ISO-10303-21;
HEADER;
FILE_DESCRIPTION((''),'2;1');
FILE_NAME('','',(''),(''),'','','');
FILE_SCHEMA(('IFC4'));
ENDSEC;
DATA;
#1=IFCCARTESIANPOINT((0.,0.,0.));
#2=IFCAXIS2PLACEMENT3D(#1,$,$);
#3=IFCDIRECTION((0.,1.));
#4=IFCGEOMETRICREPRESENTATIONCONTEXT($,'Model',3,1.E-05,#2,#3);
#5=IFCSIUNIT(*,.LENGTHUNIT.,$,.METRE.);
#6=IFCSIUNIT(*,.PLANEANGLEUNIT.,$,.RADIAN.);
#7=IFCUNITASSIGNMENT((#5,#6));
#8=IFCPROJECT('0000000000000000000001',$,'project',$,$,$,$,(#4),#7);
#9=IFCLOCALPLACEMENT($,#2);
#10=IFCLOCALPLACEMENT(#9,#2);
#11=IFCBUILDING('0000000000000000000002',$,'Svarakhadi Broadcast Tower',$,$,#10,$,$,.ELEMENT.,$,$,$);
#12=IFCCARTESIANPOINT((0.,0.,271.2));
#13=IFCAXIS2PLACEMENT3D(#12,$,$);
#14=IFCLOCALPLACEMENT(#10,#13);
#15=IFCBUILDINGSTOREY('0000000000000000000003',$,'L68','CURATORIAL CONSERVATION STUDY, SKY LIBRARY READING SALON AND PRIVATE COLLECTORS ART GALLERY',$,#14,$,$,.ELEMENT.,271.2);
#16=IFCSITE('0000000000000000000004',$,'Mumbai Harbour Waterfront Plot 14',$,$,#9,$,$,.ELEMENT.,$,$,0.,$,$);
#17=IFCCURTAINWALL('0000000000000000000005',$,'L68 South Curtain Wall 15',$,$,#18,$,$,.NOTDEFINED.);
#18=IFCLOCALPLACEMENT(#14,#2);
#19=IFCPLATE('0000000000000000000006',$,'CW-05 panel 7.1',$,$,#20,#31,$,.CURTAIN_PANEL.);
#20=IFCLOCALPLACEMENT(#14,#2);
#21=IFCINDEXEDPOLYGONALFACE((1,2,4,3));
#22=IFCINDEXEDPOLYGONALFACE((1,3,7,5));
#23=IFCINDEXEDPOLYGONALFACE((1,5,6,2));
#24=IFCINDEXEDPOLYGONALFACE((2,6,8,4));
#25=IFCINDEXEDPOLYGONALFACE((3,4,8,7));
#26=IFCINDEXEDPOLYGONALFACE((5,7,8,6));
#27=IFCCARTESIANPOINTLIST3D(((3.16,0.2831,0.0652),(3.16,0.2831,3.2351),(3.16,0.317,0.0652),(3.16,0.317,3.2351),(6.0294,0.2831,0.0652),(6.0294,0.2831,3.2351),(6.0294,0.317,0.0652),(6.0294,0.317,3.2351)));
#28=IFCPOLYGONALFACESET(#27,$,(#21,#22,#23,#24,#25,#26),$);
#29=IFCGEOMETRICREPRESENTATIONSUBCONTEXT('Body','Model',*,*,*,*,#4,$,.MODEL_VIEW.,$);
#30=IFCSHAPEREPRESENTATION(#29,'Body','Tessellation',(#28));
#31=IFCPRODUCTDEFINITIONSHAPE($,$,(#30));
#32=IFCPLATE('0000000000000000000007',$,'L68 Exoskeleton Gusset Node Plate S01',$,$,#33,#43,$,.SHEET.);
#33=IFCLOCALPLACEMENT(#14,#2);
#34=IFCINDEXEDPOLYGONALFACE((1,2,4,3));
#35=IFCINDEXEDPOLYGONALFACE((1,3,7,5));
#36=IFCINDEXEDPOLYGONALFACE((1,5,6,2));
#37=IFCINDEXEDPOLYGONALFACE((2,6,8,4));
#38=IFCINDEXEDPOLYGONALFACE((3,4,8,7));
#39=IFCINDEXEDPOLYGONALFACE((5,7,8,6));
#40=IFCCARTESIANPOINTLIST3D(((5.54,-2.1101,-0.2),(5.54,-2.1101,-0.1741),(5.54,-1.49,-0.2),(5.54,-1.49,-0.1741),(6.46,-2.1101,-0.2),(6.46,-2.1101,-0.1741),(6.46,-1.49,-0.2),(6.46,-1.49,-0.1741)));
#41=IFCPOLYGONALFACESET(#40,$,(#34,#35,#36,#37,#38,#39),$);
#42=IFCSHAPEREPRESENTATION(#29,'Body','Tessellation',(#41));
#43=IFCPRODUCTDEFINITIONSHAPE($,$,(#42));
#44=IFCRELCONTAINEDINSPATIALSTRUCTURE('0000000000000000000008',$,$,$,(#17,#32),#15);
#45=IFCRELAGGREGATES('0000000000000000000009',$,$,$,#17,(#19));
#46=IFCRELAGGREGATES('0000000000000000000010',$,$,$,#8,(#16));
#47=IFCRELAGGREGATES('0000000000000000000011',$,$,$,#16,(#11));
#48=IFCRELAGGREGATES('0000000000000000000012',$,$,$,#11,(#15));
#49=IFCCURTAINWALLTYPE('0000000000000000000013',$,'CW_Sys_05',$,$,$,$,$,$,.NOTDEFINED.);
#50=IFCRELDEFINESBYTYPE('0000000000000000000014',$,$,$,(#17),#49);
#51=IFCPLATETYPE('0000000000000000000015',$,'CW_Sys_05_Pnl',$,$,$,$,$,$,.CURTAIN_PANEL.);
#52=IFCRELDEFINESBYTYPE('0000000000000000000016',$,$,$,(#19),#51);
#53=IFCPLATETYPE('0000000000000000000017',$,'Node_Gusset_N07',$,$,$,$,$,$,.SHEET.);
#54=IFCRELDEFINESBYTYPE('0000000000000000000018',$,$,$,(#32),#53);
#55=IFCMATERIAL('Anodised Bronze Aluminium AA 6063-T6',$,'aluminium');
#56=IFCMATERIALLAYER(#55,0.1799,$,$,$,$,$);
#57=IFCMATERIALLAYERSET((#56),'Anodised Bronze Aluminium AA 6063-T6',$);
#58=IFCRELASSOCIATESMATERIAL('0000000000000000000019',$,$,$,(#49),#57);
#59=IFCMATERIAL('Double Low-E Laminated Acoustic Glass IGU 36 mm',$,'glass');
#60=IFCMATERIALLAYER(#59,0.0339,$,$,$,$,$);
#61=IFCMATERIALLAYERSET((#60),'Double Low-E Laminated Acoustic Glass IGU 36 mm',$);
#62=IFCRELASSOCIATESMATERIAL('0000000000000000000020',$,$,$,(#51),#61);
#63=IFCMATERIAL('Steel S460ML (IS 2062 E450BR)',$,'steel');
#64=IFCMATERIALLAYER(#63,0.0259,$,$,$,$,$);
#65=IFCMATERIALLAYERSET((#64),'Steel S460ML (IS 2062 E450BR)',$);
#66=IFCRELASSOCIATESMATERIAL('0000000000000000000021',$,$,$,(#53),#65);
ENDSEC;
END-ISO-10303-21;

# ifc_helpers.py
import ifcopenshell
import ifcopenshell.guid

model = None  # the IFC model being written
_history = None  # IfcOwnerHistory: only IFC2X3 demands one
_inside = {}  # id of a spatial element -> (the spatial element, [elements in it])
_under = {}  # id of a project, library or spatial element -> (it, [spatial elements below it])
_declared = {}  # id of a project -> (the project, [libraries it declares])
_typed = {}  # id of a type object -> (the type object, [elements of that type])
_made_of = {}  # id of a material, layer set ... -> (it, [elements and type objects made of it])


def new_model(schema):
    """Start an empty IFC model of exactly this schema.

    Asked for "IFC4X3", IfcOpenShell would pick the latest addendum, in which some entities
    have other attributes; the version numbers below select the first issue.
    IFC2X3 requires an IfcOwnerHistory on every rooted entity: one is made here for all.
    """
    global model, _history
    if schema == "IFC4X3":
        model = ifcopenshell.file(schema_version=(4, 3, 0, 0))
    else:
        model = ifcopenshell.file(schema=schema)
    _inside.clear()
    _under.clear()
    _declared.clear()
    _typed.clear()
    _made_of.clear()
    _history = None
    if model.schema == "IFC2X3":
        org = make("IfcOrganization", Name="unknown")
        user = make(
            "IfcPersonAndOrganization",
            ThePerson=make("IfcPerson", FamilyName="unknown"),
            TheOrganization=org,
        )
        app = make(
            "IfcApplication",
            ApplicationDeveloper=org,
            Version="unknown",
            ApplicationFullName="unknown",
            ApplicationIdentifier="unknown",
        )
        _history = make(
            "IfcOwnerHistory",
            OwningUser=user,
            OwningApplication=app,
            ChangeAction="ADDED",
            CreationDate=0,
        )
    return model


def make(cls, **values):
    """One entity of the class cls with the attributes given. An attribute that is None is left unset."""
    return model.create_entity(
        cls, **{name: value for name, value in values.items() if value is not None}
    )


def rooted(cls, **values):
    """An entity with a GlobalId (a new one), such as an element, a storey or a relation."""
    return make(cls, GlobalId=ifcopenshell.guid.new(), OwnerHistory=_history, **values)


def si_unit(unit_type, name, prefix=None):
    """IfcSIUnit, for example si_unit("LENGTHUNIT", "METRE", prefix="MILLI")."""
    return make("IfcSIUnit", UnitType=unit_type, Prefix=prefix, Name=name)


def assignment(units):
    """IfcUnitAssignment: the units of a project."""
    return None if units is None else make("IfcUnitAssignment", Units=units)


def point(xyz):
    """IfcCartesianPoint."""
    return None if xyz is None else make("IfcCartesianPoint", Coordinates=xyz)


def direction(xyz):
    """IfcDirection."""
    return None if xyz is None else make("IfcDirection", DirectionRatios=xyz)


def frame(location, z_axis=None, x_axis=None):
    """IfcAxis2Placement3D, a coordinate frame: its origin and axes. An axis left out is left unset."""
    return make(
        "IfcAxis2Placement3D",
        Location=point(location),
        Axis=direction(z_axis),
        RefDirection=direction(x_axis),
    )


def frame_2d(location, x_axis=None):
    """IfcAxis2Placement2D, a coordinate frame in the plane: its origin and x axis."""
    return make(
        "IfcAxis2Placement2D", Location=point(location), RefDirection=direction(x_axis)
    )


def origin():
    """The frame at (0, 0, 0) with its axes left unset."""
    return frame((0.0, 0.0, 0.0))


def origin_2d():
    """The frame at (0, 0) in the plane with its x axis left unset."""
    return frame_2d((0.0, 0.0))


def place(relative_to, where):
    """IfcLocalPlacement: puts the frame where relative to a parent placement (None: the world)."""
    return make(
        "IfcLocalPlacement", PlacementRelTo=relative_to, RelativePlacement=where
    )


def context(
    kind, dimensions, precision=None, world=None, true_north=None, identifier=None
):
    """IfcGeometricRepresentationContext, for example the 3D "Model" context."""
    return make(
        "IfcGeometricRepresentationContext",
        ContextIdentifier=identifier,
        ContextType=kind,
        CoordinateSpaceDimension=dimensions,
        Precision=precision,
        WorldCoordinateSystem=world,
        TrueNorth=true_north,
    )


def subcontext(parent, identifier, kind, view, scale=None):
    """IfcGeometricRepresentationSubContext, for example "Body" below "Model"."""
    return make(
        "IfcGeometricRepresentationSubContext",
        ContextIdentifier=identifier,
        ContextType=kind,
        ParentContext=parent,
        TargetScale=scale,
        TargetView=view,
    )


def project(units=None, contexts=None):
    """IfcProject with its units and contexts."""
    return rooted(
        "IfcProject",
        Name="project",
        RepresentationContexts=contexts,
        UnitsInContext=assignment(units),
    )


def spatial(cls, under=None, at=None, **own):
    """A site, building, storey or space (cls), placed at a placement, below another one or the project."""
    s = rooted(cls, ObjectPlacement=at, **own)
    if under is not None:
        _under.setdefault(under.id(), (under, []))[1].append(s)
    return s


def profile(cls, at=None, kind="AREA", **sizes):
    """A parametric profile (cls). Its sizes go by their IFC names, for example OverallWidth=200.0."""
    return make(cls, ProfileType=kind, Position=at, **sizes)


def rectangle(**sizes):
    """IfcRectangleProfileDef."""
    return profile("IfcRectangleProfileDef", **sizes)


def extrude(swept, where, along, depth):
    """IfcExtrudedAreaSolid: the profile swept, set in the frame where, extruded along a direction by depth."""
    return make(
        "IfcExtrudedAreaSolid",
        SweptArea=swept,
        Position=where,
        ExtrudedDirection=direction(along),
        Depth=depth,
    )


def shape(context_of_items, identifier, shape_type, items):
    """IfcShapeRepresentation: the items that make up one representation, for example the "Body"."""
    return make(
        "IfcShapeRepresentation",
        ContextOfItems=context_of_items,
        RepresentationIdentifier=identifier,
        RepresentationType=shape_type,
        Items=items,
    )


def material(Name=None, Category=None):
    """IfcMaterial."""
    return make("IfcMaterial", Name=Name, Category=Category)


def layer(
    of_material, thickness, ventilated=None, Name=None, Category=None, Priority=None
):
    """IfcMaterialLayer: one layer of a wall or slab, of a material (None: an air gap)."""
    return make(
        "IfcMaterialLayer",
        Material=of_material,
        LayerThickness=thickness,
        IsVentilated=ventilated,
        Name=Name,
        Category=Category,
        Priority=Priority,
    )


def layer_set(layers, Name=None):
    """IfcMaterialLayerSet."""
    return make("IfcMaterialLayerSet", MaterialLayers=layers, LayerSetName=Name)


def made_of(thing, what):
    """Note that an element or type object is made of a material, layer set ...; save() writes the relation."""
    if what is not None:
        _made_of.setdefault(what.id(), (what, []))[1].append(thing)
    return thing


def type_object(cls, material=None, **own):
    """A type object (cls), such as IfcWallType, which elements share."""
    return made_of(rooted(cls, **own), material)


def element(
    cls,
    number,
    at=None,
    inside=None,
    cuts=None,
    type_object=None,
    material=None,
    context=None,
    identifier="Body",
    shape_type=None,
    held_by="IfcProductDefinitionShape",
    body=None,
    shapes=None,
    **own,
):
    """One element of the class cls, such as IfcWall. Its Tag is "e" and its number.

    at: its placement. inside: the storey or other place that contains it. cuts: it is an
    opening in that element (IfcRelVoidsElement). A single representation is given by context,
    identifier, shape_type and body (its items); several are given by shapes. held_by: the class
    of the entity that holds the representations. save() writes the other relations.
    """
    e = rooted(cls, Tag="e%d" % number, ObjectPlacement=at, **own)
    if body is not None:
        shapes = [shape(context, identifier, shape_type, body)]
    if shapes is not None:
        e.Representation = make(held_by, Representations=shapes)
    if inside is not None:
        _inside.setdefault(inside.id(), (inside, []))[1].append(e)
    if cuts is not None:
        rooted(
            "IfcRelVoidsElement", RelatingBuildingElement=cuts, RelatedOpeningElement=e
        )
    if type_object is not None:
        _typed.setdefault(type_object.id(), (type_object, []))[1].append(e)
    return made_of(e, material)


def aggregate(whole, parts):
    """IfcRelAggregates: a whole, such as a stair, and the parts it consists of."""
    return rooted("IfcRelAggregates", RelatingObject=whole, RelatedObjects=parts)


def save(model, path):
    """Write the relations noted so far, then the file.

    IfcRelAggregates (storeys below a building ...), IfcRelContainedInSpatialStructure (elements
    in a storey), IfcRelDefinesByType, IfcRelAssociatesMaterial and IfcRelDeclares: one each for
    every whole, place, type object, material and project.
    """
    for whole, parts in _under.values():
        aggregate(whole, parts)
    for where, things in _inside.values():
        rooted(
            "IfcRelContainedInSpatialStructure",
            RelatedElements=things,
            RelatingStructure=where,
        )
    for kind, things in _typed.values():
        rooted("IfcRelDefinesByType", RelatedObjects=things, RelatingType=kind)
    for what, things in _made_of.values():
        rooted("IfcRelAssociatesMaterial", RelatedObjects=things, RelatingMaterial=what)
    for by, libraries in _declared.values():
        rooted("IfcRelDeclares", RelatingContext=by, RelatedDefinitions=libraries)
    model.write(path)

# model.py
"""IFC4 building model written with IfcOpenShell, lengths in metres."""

from ifc_helpers import new_model, si_unit, direction, frame, origin, origin_2d, place, context, subcontext, project, spatial, rectangle, extrude, material, layer, layer_set, type_object, element, aggregate, save


model = new_model("IFC4")

# Units and contexts
model_context = context("Model", 3, precision=1e-05, world=origin(), true_north=direction((0.0, 1.0)))
body_context = subcontext(model_context, "Body", "Model", "MODEL_VIEW")
ifc_project = project(units=[si_unit("LENGTHUNIT", "METRE"), si_unit("PLANEANGLEUNIT", "RADIAN")], contexts=[model_context])

# Site, building, storey
site_placement = place(None, origin())
site = spatial("IfcSite", under=ifc_project, at=site_placement, Name="Mumbai Harbour Waterfront Plot 14", CompositionType="ELEMENT", RefElevation=0.0)
building_placement = place(site_placement, origin())
building = spatial("IfcBuilding", under=site, at=building_placement, Name="Svarakhadi Broadcast Tower", CompositionType="ELEMENT")
storey_placement = place(building_placement, frame((0.0, 0.0, 271.2)))
storey = spatial("IfcBuildingStorey", under=building, at=storey_placement, Name="L68", Description="CURATORIAL CONSERVATION STUDY, SKY LIBRARY READING SALON AND PRIVATE COLLECTORS ART GALLERY", CompositionType="ELEMENT", Elevation=271.2)

# Shared definitions
ifc_material_1 = material(Name="Steel S460ML (IS 2062 E450BR)", Category="steel")

# Curtain wall
ifc_material_2 = material(Name="Anodised Bronze Aluminium AA 6063-T6", Category="aluminium")
ifc_layer_1 = layer(ifc_material_2, 0.1799)
ifc_layer_set_1 = layer_set([ifc_layer_1], Name="Anodised Bronze Aluminium AA 6063-T6")
curtain_wall_type = type_object("IfcCurtainWallType", Name="CW_Sys_05", PredefinedType="NOTDEFINED", material=ifc_layer_set_1)
curtain_wall_placement = place(storey_placement, origin())
curtain_wall = element("IfcCurtainWall", 1, at=curtain_wall_placement, inside=storey, type_object=curtain_wall_type, Name="L68 South Curtain Wall 15", PredefinedType="NOTDEFINED")

# Plates
ifc_material_3 = material(Name="Double Low-E Laminated Acoustic Glass IGU 36 mm", Category="glass")
ifc_layer_2 = layer(ifc_material_3, 0.0339)
ifc_layer_set_2 = layer_set([ifc_layer_2], Name="Double Low-E Laminated Acoustic Glass IGU 36 mm")
plate_type_1 = type_object("IfcPlateType", Name="CW_Sys_05_Pnl", PredefinedType="CURTAIN_PANEL", material=ifc_layer_set_2)
plate_1_placement = place(storey_placement, frame((4.5947, 0.3, 0.0652), z_axis=(0.0, 0.0, 1.0), x_axis=(-1.0, 0.0, 0.0)))
plate_1 = element("IfcPlate", 2, at=plate_1_placement, type_object=plate_type_1, Name="CW-05 panel 7.1", PredefinedType="CURTAIN_PANEL", context=body_context, shape_type="SweptSolid", body=[
    extrude(rectangle(XDim=2.8694, YDim=0.0339, at=origin_2d()), origin(), (0.0, 0.0, 1.0), 3.1699),
])
aggregate(curtain_wall, [plate_1])
ifc_layer_3 = layer(ifc_material_1, 0.0259)
ifc_layer_set_3 = layer_set([ifc_layer_3], Name="Steel S460ML (IS 2062 E450BR)")
plate_type_2 = type_object("IfcPlateType", Name="Node_Gusset_N07", PredefinedType="SHEET", material=ifc_layer_set_3)
plate_2_placement = place(storey_placement, frame((6.0, -1.8, -0.2), z_axis=(0.0, 0.0, 1.0), x_axis=(1.0, 0.0, 0.0)))
element("IfcPlate", 3, at=plate_2_placement, inside=storey, type_object=plate_type_2, Name="L68 Exoskeleton Gusset Node Plate S01", PredefinedType="SHEET", context=body_context, shape_type="SweptSolid", body=[
    extrude(rectangle(XDim=0.9199, YDim=0.6201, at=origin_2d()), origin(), (0.0, 0.0, 1.0), 0.0259),
])

save(model, "model.ifc")
